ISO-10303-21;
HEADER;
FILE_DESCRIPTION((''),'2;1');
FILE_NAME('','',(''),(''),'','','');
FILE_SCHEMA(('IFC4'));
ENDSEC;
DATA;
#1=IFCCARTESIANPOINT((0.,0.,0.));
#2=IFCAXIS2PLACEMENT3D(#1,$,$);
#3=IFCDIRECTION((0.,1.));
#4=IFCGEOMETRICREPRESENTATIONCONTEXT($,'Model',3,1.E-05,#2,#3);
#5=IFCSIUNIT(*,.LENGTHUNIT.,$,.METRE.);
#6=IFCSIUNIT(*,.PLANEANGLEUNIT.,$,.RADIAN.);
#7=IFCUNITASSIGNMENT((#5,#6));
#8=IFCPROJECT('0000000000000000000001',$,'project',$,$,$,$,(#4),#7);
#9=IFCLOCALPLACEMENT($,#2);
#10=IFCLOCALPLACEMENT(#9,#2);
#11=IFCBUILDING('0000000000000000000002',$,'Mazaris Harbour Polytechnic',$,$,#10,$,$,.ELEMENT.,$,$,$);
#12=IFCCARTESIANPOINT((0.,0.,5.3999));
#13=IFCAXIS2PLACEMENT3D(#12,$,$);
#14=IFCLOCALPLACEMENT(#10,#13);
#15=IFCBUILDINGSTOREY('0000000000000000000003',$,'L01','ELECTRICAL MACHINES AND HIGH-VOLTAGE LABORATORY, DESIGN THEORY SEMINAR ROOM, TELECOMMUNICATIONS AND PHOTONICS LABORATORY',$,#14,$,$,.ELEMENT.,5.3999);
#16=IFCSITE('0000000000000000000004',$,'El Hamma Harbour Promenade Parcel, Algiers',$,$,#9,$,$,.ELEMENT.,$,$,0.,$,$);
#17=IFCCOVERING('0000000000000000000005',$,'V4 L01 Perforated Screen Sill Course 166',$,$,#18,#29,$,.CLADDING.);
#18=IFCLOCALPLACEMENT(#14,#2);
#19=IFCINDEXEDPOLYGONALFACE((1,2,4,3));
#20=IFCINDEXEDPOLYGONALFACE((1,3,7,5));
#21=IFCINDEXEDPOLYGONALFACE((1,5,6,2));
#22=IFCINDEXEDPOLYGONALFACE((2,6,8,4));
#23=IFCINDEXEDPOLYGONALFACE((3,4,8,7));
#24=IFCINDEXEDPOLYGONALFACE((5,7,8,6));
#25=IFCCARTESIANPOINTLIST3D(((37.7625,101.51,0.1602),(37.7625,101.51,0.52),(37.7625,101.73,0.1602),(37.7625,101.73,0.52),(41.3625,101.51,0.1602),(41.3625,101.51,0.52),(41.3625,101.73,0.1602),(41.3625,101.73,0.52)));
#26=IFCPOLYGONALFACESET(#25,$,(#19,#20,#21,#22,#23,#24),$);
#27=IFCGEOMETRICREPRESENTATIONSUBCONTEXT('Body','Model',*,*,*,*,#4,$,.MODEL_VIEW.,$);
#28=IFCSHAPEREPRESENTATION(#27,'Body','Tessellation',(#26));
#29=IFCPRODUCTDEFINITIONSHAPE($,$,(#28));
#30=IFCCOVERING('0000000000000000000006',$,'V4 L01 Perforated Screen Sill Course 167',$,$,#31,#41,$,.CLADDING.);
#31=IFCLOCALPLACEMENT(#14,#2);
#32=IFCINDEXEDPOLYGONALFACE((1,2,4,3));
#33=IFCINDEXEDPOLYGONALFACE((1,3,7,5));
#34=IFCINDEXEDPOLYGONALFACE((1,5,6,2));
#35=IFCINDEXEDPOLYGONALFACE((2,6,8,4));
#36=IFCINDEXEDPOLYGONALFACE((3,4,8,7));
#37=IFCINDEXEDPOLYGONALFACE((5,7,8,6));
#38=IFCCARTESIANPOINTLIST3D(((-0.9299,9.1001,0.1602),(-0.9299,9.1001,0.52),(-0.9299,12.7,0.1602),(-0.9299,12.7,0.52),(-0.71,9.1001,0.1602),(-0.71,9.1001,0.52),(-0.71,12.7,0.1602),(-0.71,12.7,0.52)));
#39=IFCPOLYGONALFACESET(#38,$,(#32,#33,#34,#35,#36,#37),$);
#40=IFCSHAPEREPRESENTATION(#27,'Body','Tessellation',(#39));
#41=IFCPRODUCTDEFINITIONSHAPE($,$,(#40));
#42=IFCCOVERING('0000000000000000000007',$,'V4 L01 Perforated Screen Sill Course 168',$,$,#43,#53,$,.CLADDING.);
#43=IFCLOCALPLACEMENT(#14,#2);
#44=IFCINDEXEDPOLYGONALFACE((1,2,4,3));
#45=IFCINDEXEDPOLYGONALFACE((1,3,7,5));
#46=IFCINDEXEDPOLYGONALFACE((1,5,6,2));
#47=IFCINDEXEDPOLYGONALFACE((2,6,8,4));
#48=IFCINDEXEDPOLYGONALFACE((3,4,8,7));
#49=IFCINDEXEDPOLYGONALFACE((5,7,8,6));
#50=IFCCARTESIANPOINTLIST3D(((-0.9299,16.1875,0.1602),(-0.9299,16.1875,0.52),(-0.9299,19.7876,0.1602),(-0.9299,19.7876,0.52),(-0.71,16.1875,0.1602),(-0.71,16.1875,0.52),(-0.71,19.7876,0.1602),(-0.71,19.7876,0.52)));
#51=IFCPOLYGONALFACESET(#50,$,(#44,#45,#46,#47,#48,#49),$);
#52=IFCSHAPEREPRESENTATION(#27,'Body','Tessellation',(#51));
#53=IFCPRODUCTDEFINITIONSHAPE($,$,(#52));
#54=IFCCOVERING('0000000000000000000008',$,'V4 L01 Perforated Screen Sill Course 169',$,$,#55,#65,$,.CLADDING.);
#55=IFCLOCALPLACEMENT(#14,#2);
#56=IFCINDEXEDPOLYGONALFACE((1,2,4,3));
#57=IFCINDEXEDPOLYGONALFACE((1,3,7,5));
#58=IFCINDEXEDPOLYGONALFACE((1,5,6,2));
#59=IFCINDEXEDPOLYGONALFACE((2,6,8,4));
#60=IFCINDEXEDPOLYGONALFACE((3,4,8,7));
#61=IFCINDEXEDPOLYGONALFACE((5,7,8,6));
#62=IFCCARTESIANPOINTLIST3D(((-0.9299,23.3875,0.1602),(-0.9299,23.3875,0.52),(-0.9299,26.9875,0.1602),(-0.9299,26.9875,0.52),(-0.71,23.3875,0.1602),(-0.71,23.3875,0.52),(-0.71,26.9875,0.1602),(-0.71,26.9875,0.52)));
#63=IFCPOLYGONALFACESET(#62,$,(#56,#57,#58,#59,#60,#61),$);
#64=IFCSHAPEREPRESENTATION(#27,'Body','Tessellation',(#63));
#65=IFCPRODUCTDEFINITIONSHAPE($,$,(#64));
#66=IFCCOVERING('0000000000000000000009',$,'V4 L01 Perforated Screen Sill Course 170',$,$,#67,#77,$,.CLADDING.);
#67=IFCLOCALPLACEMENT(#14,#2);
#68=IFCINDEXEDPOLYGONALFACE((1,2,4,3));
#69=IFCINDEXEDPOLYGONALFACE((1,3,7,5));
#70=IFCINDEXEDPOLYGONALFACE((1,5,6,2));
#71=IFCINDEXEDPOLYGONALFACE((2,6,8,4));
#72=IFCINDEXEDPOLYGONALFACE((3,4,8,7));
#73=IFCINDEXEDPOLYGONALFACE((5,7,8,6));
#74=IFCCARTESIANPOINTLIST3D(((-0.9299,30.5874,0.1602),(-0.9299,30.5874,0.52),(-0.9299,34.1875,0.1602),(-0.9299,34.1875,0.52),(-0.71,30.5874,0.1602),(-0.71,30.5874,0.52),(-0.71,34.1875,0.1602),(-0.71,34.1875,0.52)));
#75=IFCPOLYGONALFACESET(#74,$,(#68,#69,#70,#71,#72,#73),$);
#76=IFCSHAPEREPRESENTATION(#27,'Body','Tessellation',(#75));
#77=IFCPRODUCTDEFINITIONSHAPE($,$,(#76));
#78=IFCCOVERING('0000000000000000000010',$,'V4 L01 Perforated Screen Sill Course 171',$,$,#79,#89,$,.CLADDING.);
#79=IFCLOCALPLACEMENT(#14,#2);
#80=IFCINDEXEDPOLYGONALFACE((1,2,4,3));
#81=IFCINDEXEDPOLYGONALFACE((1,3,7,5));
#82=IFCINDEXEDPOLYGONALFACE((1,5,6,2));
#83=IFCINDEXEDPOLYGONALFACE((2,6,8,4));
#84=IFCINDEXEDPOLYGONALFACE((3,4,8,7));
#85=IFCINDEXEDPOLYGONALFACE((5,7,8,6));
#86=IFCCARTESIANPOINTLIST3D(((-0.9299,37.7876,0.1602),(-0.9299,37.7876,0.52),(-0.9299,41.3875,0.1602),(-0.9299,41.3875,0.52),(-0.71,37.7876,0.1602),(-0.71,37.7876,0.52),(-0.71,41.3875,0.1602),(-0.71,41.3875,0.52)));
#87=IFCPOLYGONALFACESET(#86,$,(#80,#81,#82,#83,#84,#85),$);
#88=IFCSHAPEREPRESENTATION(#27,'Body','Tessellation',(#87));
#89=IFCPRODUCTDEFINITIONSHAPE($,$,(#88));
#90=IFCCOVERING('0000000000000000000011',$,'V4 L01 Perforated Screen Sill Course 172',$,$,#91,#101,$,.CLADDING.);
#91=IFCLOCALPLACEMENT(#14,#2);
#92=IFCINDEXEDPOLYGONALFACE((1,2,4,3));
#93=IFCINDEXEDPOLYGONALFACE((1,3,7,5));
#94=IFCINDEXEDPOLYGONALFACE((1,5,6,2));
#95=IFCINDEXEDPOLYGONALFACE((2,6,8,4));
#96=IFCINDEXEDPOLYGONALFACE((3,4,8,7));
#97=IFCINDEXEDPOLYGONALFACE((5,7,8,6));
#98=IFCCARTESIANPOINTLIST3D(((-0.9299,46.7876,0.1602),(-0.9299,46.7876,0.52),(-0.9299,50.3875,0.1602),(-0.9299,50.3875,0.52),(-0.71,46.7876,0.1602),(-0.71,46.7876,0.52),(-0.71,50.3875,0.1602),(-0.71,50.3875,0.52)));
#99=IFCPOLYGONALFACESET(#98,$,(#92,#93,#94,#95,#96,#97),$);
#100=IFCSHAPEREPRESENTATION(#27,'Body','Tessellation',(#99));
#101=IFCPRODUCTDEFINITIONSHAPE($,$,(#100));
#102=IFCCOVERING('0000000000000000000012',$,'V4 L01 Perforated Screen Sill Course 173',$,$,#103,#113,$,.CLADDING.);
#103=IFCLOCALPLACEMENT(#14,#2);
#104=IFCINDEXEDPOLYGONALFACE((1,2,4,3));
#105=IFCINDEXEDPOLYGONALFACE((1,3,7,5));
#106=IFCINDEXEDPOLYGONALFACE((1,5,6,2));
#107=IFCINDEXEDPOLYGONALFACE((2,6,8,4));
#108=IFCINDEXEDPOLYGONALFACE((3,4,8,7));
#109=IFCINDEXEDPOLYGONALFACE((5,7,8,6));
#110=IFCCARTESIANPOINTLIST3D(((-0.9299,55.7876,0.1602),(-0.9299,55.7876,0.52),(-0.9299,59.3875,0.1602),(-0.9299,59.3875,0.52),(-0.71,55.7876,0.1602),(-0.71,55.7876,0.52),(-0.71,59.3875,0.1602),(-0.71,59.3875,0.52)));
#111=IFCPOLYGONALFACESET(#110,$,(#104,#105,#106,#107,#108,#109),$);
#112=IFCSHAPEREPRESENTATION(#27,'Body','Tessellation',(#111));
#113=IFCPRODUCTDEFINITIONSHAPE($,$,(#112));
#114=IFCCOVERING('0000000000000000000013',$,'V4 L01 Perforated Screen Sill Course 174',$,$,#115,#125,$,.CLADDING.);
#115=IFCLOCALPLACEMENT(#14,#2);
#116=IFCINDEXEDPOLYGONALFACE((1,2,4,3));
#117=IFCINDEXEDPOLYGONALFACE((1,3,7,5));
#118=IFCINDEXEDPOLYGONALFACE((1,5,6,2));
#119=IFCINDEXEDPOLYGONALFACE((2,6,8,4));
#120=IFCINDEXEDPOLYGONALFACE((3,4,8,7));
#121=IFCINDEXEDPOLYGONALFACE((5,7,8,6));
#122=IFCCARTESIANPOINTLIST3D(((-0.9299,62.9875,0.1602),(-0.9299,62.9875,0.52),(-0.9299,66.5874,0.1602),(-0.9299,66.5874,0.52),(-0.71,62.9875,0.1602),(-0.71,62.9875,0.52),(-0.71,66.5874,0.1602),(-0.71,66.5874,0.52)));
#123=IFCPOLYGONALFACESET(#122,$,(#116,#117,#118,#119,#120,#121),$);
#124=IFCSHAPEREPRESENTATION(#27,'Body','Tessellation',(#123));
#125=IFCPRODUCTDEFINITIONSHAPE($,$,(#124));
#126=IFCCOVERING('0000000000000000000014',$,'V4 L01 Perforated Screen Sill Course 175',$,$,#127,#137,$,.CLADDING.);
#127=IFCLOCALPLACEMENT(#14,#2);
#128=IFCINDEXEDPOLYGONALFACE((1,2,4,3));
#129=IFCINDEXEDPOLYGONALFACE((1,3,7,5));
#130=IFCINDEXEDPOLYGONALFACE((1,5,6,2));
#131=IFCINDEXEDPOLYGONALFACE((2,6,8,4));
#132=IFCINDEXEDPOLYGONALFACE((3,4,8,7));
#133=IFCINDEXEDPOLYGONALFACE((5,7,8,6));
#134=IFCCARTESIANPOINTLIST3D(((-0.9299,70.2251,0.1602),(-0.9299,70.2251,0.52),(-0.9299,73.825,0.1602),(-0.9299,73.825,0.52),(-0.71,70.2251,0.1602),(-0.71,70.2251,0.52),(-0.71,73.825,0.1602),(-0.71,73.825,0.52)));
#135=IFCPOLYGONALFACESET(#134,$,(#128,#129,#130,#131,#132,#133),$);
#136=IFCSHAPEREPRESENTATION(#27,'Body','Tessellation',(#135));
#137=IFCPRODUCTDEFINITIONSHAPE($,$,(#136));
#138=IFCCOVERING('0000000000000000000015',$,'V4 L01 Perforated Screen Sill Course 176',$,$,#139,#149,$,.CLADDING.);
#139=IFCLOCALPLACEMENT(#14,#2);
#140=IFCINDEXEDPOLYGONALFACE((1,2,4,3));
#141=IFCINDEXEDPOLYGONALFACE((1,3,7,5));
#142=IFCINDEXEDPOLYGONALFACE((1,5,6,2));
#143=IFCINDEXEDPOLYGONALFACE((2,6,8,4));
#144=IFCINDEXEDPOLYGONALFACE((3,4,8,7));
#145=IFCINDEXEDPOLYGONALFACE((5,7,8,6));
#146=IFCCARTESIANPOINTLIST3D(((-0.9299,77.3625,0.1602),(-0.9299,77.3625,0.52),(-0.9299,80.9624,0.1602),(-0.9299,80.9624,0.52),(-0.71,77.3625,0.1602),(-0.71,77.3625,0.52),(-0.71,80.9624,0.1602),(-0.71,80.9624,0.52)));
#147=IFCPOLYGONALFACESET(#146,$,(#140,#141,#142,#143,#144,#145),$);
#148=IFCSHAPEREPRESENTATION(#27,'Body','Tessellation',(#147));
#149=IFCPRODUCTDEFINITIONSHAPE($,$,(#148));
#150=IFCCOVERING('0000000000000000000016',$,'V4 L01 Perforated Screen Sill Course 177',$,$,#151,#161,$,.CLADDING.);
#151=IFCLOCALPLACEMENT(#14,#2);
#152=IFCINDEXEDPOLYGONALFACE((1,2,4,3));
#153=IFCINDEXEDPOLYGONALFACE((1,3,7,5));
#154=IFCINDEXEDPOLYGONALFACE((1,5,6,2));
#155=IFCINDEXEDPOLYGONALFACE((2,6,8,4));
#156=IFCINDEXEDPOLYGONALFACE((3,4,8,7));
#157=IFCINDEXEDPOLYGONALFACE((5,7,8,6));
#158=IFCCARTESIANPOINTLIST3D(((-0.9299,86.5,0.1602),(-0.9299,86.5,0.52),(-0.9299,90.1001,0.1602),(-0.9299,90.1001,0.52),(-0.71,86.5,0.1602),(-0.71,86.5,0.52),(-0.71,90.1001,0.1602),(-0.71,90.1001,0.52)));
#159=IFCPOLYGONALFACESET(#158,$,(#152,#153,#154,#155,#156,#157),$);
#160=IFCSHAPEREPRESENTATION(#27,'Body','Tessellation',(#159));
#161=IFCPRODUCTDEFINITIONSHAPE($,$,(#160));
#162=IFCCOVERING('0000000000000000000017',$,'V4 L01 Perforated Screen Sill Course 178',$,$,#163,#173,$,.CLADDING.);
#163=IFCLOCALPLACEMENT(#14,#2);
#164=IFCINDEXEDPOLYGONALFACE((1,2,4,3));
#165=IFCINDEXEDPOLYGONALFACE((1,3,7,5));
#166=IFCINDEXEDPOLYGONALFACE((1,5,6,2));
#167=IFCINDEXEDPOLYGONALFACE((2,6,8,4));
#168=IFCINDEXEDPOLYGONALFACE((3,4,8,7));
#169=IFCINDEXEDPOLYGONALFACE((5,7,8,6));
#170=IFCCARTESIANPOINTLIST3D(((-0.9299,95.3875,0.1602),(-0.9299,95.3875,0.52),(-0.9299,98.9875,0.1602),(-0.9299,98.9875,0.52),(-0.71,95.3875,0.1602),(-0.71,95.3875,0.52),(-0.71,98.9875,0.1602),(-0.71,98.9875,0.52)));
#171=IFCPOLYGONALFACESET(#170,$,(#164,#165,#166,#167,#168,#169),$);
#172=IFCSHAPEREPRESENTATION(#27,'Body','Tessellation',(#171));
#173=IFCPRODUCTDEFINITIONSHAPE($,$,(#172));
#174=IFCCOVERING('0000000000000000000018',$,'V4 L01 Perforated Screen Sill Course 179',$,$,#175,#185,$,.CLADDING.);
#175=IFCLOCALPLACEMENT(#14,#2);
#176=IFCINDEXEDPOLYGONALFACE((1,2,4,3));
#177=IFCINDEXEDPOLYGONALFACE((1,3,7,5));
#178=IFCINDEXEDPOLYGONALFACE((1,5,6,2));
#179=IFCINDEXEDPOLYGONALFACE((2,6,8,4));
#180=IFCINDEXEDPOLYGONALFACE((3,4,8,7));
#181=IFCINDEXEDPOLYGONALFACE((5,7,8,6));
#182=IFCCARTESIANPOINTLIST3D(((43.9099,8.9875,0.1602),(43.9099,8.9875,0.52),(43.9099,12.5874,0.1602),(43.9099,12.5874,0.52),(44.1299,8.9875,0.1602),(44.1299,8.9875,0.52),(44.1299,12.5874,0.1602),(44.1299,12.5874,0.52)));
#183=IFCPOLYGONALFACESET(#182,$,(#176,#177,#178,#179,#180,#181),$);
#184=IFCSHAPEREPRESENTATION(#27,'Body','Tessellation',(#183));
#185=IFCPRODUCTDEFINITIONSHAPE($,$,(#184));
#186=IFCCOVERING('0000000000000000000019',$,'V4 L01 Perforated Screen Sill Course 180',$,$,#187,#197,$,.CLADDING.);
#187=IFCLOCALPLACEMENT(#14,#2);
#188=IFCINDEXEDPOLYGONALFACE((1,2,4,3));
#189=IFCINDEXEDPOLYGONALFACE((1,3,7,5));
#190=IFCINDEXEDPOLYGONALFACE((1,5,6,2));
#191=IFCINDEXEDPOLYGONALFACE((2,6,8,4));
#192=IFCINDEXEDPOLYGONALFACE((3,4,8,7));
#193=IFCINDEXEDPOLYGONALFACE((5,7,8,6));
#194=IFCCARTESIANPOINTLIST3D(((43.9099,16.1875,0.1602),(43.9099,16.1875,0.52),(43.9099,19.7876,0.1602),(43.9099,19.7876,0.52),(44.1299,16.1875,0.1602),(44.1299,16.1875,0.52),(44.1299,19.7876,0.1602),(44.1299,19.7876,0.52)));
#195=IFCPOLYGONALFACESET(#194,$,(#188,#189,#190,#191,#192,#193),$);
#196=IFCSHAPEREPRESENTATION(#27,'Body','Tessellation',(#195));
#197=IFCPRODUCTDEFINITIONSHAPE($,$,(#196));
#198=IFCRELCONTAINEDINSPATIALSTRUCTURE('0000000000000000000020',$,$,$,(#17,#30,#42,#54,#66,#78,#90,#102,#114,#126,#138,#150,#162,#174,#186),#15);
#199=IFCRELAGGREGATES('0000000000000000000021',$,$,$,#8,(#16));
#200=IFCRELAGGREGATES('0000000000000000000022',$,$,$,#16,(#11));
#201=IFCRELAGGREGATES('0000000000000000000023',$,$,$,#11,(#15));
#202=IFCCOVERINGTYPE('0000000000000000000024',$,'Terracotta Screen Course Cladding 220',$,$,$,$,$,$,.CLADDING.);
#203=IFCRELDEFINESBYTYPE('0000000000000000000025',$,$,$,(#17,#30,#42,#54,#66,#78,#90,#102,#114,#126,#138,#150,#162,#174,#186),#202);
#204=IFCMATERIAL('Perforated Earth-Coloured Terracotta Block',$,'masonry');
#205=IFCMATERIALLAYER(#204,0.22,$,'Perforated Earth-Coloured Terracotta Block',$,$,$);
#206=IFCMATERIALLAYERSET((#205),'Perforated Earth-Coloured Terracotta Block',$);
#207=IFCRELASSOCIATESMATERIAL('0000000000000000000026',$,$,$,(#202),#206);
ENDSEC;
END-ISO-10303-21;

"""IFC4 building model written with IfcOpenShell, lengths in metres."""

from ifc_helpers import new_model, si_unit, direction, frame, origin, place, context, subcontext, project, spatial, polyline, outline, extrude, material, layer, layer_set, type_object, element, save


model = new_model("IFC4")

# Units and contexts
model_context = context("Model", 3, precision=1e-05, world=origin(), true_north=direction((0.0, 1.0)))
body_context = subcontext(model_context, "Body", "Model", "MODEL_VIEW")
ifc_project = project(units=[si_unit("LENGTHUNIT", "METRE"), si_unit("PLANEANGLEUNIT", "RADIAN")], contexts=[model_context])

# Site, building, storey
site_placement = place(None, origin())
site = spatial("IfcSite", under=ifc_project, at=site_placement, Name="El Hamma Harbour Promenade Parcel, Algiers", CompositionType="ELEMENT", RefElevation=0.0)
building_placement = place(site_placement, origin())
building = spatial("IfcBuilding", under=site, at=building_placement, Name="Mazaris Harbour Polytechnic", CompositionType="ELEMENT")
storey_placement = place(building_placement, frame((0.0, 0.0, 5.3999)))
storey = spatial("IfcBuildingStorey", under=building, at=storey_placement, Name="L01", Description="ELECTRICAL MACHINES AND HIGH-VOLTAGE LABORATORY, DESIGN THEORY SEMINAR ROOM, TELECOMMUNICATIONS AND PHOTONICS LABORATORY", CompositionType="ELEMENT", Elevation=5.3999)

# Coverings
ifc_material = material(Name="Perforated Earth-Coloured Terracotta Block", Category="masonry")
ifc_layer = layer(ifc_material, 0.22, Name="Perforated Earth-Coloured Terracotta Block")
ifc_layer_set = layer_set([ifc_layer], Name="Perforated Earth-Coloured Terracotta Block")
covering_type = type_object("IfcCoveringType", Name="Terracotta Screen Course Cladding 220", PredefinedType="CLADDING", material=ifc_layer_set)
covering_1_placement = place(storey_placement, frame((0.0, 0.0, 0.1602)))
element("IfcCovering", 1, at=covering_1_placement, inside=storey, type_object=covering_type, Name="V4 L01 Perforated Screen Sill Course 166", PredefinedType="CLADDING", context=body_context, shape_type="SweptSolid", body=[
    extrude(outline(polyline([(37.7625, 101.51), (41.3625, 101.51), (41.3625, 101.73), (37.7625, 101.73), (37.7625, 101.51)])), origin(), (0.0, 0.0, 1.0), 0.3599),
])
covering_2_placement = place(storey_placement, frame((0.0, 0.0, 0.1602)))
element("IfcCovering", 2, at=covering_2_placement, inside=storey, type_object=covering_type, Name="V4 L01 Perforated Screen Sill Course 167", PredefinedType="CLADDING", context=body_context, shape_type="SweptSolid", body=[
    extrude(outline(polyline([(-0.71, 9.1001), (-0.71, 12.7), (-0.9299, 12.7), (-0.9299, 9.1001), (-0.71, 9.1001)])), origin(), (0.0, 0.0, 1.0), 0.3599),
])
covering_3_placement = place(storey_placement, frame((0.0, 0.0, 0.1602)))
element("IfcCovering", 3, at=covering_3_placement, inside=storey, type_object=covering_type, Name="V4 L01 Perforated Screen Sill Course 168", PredefinedType="CLADDING", context=body_context, shape_type="SweptSolid", body=[
    extrude(outline(polyline([(-0.71, 16.1875), (-0.71, 19.7876), (-0.9299, 19.7876), (-0.9299, 16.1875), (-0.71, 16.1875)])), origin(), (0.0, 0.0, 1.0), 0.3599),
])
covering_4_placement = place(storey_placement, frame((0.0, 0.0, 0.1602)))
element("IfcCovering", 4, at=covering_4_placement, inside=storey, type_object=covering_type, Name="V4 L01 Perforated Screen Sill Course 169", PredefinedType="CLADDING", context=body_context, shape_type="SweptSolid", body=[
    extrude(outline(polyline([(-0.71, 23.3875), (-0.71, 26.9875), (-0.9299, 26.9875), (-0.9299, 23.3875), (-0.71, 23.3875)])), origin(), (0.0, 0.0, 1.0), 0.3599),
])
covering_5_placement = place(storey_placement, frame((0.0, 0.0, 0.1602)))
element("IfcCovering", 5, at=covering_5_placement, inside=storey, type_object=covering_type, Name="V4 L01 Perforated Screen Sill Course 170", PredefinedType="CLADDING", context=body_context, shape_type="SweptSolid", body=[
    extrude(outline(polyline([(-0.71, 30.5874), (-0.71, 34.1875), (-0.9299, 34.1875), (-0.9299, 30.5874), (-0.71, 30.5874)])), origin(), (0.0, 0.0, 1.0), 0.3599),
])
covering_6_placement = place(storey_placement, frame((0.0, 0.0, 0.1602)))
element("IfcCovering", 6, at=covering_6_placement, inside=storey, type_object=covering_type, Name="V4 L01 Perforated Screen Sill Course 171", PredefinedType="CLADDING", context=body_context, shape_type="SweptSolid", body=[
    extrude(outline(polyline([(-0.71, 37.7876), (-0.71, 41.3875), (-0.9299, 41.3875), (-0.9299, 37.7876), (-0.71, 37.7876)])), origin(), (0.0, 0.0, 1.0), 0.3599),
])
covering_7_placement = place(storey_placement, frame((0.0, 0.0, 0.1602)))
element("IfcCovering", 7, at=covering_7_placement, inside=storey, type_object=covering_type, Name="V4 L01 Perforated Screen Sill Course 172", PredefinedType="CLADDING", context=body_context, shape_type="SweptSolid", body=[
    extrude(outline(polyline([(-0.71, 46.7876), (-0.71, 50.3875), (-0.9299, 50.3875), (-0.9299, 46.7876), (-0.71, 46.7876)])), origin(), (0.0, 0.0, 1.0), 0.3599),
])
covering_8_placement = place(storey_placement, frame((0.0, 0.0, 0.1602)))
element("IfcCovering", 8, at=covering_8_placement, inside=storey, type_object=covering_type, Name="V4 L01 Perforated Screen Sill Course 173", PredefinedType="CLADDING", context=body_context, shape_type="SweptSolid", body=[
    extrude(outline(polyline([(-0.71, 55.7876), (-0.71, 59.3875), (-0.9299, 59.3875), (-0.9299, 55.7876), (-0.71, 55.7876)])), origin(), (0.0, 0.0, 1.0), 0.3599),
])
covering_9_placement = place(storey_placement, frame((0.0, 0.0, 0.1602)))
element("IfcCovering", 9, at=covering_9_placement, inside=storey, type_object=covering_type, Name="V4 L01 Perforated Screen Sill Course 174", PredefinedType="CLADDING", context=body_context, shape_type="SweptSolid", body=[
    extrude(outline(polyline([(-0.71, 62.9875), (-0.71, 66.5874), (-0.9299, 66.5874), (-0.9299, 62.9875), (-0.71, 62.9875)])), origin(), (0.0, 0.0, 1.0), 0.3599),
])
covering_10_placement = place(storey_placement, frame((0.0, 0.0, 0.1602)))
element("IfcCovering", 10, at=covering_10_placement, inside=storey, type_object=covering_type, Name="V4 L01 Perforated Screen Sill Course 175", PredefinedType="CLADDING", context=body_context, shape_type="SweptSolid", body=[
    extrude(outline(polyline([(-0.71, 70.2251), (-0.71, 73.825), (-0.9299, 73.825), (-0.9299, 70.2251), (-0.71, 70.2251)])), origin(), (0.0, 0.0, 1.0), 0.3599),
])
covering_11_placement = place(storey_placement, frame((0.0, 0.0, 0.1602)))
element("IfcCovering", 11, at=covering_11_placement, inside=storey, type_object=covering_type, Name="V4 L01 Perforated Screen Sill Course 176", PredefinedType="CLADDING", context=body_context, shape_type="SweptSolid", body=[
    extrude(outline(polyline([(-0.71, 77.3625), (-0.71, 80.9624), (-0.9299, 80.9624), (-0.9299, 77.3625), (-0.71, 77.3625)])), origin(), (0.0, 0.0, 1.0), 0.3599),
])
covering_12_placement = place(storey_placement, frame((0.0, 0.0, 0.1602)))
element("IfcCovering", 12, at=covering_12_placement, inside=storey, type_object=covering_type, Name="V4 L01 Perforated Screen Sill Course 177", PredefinedType="CLADDING", context=body_context, shape_type="SweptSolid", body=[
    extrude(outline(polyline([(-0.71, 86.5), (-0.71, 90.1001), (-0.9299, 90.1001), (-0.9299, 86.5), (-0.71, 86.5)])), origin(), (0.0, 0.0, 1.0), 0.3599),
])
covering_13_placement = place(storey_placement, frame((0.0, 0.0, 0.1602)))
element("IfcCovering", 13, at=covering_13_placement, inside=storey, type_object=covering_type, Name="V4 L01 Perforated Screen Sill Course 178", PredefinedType="CLADDING", context=body_context, shape_type="SweptSolid", body=[
    extrude(outline(polyline([(-0.71, 95.3875), (-0.71, 98.9875), (-0.9299, 98.9875), (-0.9299, 95.3875), (-0.71, 95.3875)])), origin(), (0.0, 0.0, 1.0), 0.3599),
])
covering_14_placement = place(storey_placement, frame((0.0, 0.0, 0.1602)))
element("IfcCovering", 14, at=covering_14_placement, inside=storey, type_object=covering_type, Name="V4 L01 Perforated Screen Sill Course 179", PredefinedType="CLADDING", context=body_context, shape_type="SweptSolid", body=[
    extrude(outline(polyline([(43.9099, 12.5874), (43.9099, 8.9875), (44.1299, 8.9875), (44.1299, 12.5874), (43.9099, 12.5874)])), origin(), (0.0, 0.0, 1.0), 0.3599),
])
covering_15_placement = place(storey_placement, frame((0.0, 0.0, 0.1602)))
element("IfcCovering", 15, at=covering_15_placement, inside=storey, type_object=covering_type, Name="V4 L01 Perforated Screen Sill Course 180", PredefinedType="CLADDING", context=body_context, shape_type="SweptSolid", body=[
    extrude(outline(polyline([(43.9099, 19.7876), (43.9099, 16.1875), (44.1299, 16.1875), (44.1299, 19.7876), (43.9099, 19.7876)])), origin(), (0.0, 0.0, 1.0), 0.3599),
])

save(model, "model.ifc")
